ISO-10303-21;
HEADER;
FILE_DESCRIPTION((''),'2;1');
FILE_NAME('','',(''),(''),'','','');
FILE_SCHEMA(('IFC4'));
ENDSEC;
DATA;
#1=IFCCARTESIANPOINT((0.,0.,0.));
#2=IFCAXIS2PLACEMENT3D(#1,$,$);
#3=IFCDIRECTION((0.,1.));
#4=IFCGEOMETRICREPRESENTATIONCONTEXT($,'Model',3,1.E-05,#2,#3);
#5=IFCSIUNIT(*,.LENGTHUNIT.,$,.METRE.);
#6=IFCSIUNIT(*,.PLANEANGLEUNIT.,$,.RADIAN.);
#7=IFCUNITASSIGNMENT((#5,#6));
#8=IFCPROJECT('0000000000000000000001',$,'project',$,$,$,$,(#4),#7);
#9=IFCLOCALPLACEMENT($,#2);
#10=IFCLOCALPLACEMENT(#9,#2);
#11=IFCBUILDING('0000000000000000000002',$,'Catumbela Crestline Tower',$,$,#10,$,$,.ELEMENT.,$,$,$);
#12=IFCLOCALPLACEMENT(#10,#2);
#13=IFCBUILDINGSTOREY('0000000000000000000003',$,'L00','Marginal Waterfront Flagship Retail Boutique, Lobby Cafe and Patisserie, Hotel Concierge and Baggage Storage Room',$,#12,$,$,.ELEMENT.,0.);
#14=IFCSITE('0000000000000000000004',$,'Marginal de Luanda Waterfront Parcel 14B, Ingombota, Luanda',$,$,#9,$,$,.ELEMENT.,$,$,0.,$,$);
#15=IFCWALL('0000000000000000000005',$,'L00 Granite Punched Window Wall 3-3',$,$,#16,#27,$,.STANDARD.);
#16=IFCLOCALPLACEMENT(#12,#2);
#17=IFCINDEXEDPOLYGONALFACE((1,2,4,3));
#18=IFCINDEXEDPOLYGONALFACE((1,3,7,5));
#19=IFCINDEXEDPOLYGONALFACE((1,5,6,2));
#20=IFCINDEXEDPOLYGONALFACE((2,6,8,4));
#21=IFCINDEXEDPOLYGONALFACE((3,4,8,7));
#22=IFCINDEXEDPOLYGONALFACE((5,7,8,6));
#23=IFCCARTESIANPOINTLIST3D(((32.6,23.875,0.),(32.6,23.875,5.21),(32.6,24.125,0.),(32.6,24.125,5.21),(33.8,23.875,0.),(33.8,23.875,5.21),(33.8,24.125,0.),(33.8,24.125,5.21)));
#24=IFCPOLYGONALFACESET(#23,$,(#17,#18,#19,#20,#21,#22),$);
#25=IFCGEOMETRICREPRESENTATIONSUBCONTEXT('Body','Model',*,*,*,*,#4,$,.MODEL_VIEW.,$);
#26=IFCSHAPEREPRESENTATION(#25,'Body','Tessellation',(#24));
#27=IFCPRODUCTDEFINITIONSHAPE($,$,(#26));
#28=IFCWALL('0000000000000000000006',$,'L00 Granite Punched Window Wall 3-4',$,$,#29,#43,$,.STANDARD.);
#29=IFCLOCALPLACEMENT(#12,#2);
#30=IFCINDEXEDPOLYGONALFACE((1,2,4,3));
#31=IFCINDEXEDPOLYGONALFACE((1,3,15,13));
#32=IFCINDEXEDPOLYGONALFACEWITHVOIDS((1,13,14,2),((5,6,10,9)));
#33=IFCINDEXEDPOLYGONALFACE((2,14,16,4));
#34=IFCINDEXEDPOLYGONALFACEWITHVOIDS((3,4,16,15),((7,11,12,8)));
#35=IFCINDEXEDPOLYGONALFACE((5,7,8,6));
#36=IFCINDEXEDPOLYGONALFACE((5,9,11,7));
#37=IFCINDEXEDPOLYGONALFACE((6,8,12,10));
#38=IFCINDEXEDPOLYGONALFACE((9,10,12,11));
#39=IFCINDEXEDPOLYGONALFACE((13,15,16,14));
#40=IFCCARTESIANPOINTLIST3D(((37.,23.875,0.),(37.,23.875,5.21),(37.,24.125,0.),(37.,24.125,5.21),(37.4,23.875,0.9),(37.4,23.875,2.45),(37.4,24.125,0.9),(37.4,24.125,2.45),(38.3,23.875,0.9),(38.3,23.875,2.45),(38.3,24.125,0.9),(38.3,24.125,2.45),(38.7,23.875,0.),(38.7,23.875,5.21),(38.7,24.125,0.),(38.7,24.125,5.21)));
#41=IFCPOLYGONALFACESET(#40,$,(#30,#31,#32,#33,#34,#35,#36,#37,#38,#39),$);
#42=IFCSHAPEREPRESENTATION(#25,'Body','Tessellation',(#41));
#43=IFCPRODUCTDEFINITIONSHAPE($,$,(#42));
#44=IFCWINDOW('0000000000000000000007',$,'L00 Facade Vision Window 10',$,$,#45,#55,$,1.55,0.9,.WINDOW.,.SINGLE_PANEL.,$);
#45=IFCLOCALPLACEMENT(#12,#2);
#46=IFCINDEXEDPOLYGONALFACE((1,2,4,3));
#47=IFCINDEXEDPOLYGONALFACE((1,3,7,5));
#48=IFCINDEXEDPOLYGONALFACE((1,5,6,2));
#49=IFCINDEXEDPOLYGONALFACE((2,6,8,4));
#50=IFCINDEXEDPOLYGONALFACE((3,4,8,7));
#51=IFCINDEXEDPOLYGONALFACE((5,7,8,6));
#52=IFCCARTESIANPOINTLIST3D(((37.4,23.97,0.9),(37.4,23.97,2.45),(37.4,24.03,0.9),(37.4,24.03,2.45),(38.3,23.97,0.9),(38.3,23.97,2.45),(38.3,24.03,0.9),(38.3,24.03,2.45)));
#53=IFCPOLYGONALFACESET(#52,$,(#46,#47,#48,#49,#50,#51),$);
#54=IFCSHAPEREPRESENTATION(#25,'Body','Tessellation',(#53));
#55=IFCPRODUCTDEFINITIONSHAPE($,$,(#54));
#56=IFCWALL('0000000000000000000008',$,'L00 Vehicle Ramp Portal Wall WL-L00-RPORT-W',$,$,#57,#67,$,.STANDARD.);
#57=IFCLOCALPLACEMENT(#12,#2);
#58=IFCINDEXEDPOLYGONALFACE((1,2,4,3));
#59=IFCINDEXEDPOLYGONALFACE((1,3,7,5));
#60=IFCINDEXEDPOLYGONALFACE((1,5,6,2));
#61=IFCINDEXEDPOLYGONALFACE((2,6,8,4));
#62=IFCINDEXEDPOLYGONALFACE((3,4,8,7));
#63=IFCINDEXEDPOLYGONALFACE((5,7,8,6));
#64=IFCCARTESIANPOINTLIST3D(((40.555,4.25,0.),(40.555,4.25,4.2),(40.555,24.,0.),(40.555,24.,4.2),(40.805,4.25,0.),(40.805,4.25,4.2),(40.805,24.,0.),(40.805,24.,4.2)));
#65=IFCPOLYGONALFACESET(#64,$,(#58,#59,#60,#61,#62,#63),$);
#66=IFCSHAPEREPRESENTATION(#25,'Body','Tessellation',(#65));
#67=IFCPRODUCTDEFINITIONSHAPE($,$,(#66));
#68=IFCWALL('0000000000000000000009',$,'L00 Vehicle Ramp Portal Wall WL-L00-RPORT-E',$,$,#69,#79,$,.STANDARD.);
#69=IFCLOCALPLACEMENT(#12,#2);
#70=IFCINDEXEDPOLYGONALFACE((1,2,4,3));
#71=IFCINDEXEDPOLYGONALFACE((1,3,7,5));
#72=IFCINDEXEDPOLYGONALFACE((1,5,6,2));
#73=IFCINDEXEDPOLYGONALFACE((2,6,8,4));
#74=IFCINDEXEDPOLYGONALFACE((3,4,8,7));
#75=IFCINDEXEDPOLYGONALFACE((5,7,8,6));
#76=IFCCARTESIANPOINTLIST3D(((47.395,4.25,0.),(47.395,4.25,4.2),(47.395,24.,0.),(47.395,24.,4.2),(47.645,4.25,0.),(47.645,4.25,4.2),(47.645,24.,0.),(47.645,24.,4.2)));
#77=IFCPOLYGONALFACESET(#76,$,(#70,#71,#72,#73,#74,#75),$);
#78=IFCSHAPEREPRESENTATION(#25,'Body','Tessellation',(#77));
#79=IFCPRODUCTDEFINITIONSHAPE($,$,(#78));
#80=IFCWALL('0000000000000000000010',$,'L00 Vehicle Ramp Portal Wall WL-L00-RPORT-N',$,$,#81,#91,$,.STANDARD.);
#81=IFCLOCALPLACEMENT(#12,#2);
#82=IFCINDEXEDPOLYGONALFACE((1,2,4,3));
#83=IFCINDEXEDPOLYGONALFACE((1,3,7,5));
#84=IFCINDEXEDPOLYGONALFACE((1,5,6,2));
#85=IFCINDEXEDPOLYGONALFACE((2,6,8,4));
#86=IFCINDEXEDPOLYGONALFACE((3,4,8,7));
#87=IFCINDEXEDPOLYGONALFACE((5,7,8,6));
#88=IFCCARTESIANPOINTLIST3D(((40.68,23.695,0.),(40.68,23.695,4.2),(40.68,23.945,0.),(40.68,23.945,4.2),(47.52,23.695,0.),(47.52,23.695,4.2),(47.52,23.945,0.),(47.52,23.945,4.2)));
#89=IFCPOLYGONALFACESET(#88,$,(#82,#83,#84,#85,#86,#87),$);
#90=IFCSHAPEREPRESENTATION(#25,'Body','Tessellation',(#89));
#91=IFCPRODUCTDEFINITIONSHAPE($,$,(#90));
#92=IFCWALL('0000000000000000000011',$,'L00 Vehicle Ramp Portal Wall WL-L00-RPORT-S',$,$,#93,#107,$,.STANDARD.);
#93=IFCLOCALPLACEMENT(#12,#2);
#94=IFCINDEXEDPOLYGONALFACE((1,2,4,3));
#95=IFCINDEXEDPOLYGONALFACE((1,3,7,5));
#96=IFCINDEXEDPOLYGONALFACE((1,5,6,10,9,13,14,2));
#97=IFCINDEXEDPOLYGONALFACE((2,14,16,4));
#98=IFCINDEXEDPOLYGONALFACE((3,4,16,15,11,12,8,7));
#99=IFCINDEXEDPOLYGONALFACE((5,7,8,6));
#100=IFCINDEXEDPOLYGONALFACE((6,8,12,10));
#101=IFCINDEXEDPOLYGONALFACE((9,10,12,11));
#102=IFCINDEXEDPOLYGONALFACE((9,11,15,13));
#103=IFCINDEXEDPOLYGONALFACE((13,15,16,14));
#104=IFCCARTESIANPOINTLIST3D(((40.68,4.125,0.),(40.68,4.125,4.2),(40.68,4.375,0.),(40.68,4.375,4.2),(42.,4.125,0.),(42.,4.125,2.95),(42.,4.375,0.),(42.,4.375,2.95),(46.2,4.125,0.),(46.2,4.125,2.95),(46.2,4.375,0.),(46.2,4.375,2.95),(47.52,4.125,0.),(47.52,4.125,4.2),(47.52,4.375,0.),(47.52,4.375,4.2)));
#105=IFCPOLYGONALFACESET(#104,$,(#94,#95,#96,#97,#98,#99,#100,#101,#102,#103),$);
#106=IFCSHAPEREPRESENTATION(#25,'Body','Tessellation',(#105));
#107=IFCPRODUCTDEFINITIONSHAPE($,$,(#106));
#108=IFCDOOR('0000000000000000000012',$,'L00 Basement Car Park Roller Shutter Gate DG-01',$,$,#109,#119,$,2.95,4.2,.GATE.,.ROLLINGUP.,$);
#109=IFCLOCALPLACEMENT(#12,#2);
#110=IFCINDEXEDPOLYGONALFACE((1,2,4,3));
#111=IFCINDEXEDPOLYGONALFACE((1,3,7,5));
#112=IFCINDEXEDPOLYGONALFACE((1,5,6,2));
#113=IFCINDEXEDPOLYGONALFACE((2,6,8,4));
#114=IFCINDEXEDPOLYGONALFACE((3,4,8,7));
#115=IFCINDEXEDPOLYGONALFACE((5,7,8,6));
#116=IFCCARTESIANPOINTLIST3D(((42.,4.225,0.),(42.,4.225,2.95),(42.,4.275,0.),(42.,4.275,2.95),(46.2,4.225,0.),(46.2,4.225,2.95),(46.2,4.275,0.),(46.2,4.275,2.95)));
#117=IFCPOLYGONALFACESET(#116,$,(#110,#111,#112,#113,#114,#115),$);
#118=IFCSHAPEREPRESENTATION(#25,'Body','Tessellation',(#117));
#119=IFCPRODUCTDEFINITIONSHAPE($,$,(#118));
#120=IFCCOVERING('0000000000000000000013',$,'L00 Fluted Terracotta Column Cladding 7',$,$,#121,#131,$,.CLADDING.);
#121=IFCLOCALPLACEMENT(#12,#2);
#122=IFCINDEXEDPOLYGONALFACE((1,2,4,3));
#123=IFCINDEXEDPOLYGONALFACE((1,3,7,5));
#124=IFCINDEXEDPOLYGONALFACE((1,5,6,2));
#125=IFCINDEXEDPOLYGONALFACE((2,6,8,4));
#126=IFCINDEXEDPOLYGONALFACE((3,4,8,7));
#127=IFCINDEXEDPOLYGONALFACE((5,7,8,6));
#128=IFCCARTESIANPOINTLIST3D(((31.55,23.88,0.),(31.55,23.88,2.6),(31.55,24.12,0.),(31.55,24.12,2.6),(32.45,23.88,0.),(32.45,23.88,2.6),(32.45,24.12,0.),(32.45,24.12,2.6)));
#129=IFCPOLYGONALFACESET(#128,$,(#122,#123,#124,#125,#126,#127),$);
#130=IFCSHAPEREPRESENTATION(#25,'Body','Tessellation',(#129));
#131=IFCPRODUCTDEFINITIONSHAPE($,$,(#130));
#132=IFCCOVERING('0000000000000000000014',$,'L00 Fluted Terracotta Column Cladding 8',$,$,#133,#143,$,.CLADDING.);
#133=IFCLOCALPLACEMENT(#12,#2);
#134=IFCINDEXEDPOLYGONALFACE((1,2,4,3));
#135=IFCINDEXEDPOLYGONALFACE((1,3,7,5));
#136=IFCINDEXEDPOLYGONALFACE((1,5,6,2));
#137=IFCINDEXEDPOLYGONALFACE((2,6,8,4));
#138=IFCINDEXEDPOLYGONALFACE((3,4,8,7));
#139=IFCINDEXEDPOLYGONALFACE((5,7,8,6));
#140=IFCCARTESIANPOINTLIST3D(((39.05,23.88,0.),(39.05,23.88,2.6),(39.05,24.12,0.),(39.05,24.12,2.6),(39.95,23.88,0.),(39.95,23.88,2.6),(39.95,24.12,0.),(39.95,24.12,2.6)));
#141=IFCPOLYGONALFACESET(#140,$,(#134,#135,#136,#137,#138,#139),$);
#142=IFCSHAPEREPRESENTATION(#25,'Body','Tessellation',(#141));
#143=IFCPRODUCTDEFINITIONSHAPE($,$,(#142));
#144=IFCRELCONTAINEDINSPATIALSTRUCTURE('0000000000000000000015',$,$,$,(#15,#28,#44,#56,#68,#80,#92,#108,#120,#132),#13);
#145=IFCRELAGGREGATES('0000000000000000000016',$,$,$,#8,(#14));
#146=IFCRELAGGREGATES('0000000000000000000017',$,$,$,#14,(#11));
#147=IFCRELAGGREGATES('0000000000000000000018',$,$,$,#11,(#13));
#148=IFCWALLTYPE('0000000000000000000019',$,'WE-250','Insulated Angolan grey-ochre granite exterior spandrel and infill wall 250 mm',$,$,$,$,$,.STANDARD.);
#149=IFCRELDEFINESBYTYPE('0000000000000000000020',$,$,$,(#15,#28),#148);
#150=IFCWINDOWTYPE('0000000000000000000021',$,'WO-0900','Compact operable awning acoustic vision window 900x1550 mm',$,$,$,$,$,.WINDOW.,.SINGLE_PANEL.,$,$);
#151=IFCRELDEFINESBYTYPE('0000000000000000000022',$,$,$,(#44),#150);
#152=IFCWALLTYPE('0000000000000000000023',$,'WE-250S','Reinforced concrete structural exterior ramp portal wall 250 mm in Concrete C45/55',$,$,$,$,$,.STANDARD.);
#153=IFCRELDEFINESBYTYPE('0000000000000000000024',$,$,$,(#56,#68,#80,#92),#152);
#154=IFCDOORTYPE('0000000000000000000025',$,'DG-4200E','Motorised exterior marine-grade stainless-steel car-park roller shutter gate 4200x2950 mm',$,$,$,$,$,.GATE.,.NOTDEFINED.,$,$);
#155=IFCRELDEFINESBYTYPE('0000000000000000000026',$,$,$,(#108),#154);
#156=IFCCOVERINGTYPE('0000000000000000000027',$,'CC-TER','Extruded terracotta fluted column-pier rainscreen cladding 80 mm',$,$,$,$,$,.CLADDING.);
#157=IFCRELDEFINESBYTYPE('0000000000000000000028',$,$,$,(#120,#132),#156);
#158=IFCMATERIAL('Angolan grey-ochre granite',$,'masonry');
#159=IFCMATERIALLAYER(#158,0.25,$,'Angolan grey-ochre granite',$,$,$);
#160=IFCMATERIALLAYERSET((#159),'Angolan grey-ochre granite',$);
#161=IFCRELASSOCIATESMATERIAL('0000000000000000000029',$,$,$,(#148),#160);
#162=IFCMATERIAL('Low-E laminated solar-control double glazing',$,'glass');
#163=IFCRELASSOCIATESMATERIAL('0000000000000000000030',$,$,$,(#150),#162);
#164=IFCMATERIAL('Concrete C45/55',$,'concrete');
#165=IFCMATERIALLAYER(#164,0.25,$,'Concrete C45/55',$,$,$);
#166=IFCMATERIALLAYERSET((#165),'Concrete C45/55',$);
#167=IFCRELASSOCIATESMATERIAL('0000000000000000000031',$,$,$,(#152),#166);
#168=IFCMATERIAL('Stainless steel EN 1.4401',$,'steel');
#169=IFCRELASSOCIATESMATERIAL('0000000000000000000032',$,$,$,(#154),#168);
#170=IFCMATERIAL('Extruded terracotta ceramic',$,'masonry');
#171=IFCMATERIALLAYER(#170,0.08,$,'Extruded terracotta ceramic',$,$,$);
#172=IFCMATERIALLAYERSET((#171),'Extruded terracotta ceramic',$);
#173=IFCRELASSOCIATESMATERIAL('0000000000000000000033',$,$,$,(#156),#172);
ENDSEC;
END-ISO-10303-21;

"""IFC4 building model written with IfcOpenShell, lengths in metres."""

from ifc_helpers import new_model, si_unit, direction, frame, frame_2d, origin, origin_2d, place, context, subcontext, project, spatial, rectangle, extrude, material, layer, layer_set, type_object, element, fill, save


model = new_model("IFC4")

# Units and contexts
model_context = context("Model", 3, precision=1e-05, world=origin(), true_north=direction((0.0, 1.0)))
body_context = subcontext(model_context, "Body", "Model", "MODEL_VIEW")
ifc_project = project(units=[si_unit("LENGTHUNIT", "METRE"), si_unit("PLANEANGLEUNIT", "RADIAN")], contexts=[model_context])

# Site, building, storey
site_placement = place(None, origin())
site = spatial("IfcSite", under=ifc_project, at=site_placement, Name="Marginal de Luanda Waterfront Parcel 14B, Ingombota, Luanda", CompositionType="ELEMENT", RefElevation=0.0)
building_placement = place(site_placement, origin())
building = spatial("IfcBuilding", under=site, at=building_placement, Name="Catumbela Crestline Tower", CompositionType="ELEMENT")
storey_placement = place(building_placement, origin())
storey = spatial("IfcBuildingStorey", under=building, at=storey_placement, Name="L00", Description="Marginal Waterfront Flagship Retail Boutique, Lobby Cafe and Patisserie, Hotel Concierge and Baggage Storage Room", CompositionType="ELEMENT", Elevation=0.0)

# Shared definitions
ifc_material_1 = material(Name="Concrete C45/55", Category="concrete")

# Shared definitions
ifc_material_2 = material(Name="Low-E laminated solar-control double glazing", Category="glass")

# Shared definitions
ifc_material_3 = material(Name="Angolan grey-ochre granite", Category="masonry")
ifc_layer_1 = layer(ifc_material_3, 0.25, Name="Angolan grey-ochre granite")
ifc_layer_set_1 = layer_set([ifc_layer_1], Name="Angolan grey-ochre granite")
wall_type_1 = type_object("IfcWallType", Name="WE-250", Description="Insulated Angolan grey-ochre granite exterior spandrel and infill wall 250 mm", PredefinedType="STANDARD", material=ifc_layer_set_1)

# Wall
wall_1_placement = place(storey_placement, frame((32.6, 24.0, 0.0), z_axis=(0.0, 0.0, 1.0), x_axis=(1.0, 0.0, 0.0)))
element("IfcWall", 1, at=wall_1_placement, inside=storey, type_object=wall_type_1, Name="L00 Granite Punched Window Wall 3-3", PredefinedType="STANDARD", context=body_context, shape_type="SweptSolid", body=[
    extrude(rectangle(XDim=1.2, YDim=0.25, at=frame_2d((0.6, 0.0))), origin(), (0.0, 0.0, 1.0), 5.21),
])

# Wall, opening, window
wall_2_placement = place(storey_placement, frame((37.0, 24.0, 0.0), z_axis=(0.0, 0.0, 1.0), x_axis=(1.0, 0.0, 0.0)))
wall_2 = element("IfcWall", 2, at=wall_2_placement, inside=storey, type_object=wall_type_1, Name="L00 Granite Punched Window Wall 3-4", PredefinedType="STANDARD", context=body_context, shape_type="SweptSolid", body=[
    extrude(rectangle(XDim=1.7, YDim=0.25, at=frame_2d((0.85, 0.0))), origin(), (0.0, 0.0, 1.0), 5.21),
])
opening_1_placement = place(wall_2_placement, frame((0.4, 0.0, 0.9)))
opening_1 = element("IfcOpeningElement", 3, at=opening_1_placement, cuts=wall_2, PredefinedType="OPENING", context=body_context, shape_type="SweptSolid", body=[
    extrude(rectangle(XDim=0.9, YDim=1.55, at=frame_2d((0.45, 0.775))), frame((0.0, 0.135, 0.0), z_axis=(0.0, -1.0, 0.0), x_axis=(1.0, 0.0, 0.0)), (0.0, 0.0, 1.0), 0.27),
])
window_type_1 = type_object("IfcWindowType", Name="WO-0900", Description="Compact operable awning acoustic vision window 900x1550 mm", PartitioningType="SINGLE_PANEL", PredefinedType="WINDOW", material=ifc_material_2)
window_1_placement = place(opening_1_placement, origin())
window_1 = element("IfcWindow", 4, at=window_1_placement, inside=storey, type_object=window_type_1, Name="L00 Facade Vision Window 10", OverallHeight=1.55, OverallWidth=0.9, PartitioningType="SINGLE_PANEL", PredefinedType="WINDOW", context=body_context, shape_type="SweptSolid", body=[
    extrude(rectangle(XDim=0.9, YDim=1.55, at=frame_2d((0.45, 0.775))), frame((0.0, 0.03, 0.0), z_axis=(0.0, -1.0, 0.0), x_axis=(1.0, 0.0, 0.0)), (0.0, 0.0, 1.0), 0.06),
])
fill(opening_1, window_1)

# Walls
ifc_layer_2 = layer(ifc_material_1, 0.25, Name="Concrete C45/55")
ifc_layer_set_2 = layer_set([ifc_layer_2], Name="Concrete C45/55")
wall_type_2 = type_object("IfcWallType", Name="WE-250S", Description="Reinforced concrete structural exterior ramp portal wall 250 mm in Concrete C45/55", PredefinedType="STANDARD", material=ifc_layer_set_2)
for number, where, z_axis, x_axis, name in (
    (5, (40.68, 4.25, 0.0), (0.0, 0.0, 1.0), (0.0, 1.0, 0.0), "L00 Vehicle Ramp Portal Wall WL-L00-RPORT-W"),
    (6, (47.52, 4.25, 0.0), (0.0, 0.0, 1.0), (0.0, 1.0, 0.0), "L00 Vehicle Ramp Portal Wall WL-L00-RPORT-E"),
):
    element("IfcWall", number, at=place(storey_placement, frame(where, z_axis=z_axis, x_axis=x_axis)), inside=storey, type_object=wall_type_2, Name=name, PredefinedType="STANDARD", context=body_context, shape_type="SweptSolid", body=[
        extrude(rectangle(XDim=19.75, YDim=0.25, at=frame_2d((9.875, 0.0))), origin(), (0.0, 0.0, 1.0), 4.2),
    ])
wall_3_placement = place(storey_placement, frame((40.68, 23.82, 0.0), z_axis=(0.0, 0.0, 1.0), x_axis=(1.0, 0.0, 0.0)))
element("IfcWall", 7, at=wall_3_placement, inside=storey, type_object=wall_type_2, Name="L00 Vehicle Ramp Portal Wall WL-L00-RPORT-N", PredefinedType="STANDARD", context=body_context, shape_type="SweptSolid", body=[
    extrude(rectangle(XDim=6.84, YDim=0.25, at=frame_2d((3.42, 0.0))), origin(), (0.0, 0.0, 1.0), 4.2),
])

# Wall, opening, door
wall_4_placement = place(storey_placement, frame((40.68, 4.25, 0.0), z_axis=(0.0, 0.0, 1.0), x_axis=(1.0, 0.0, 0.0)))
wall_4 = element("IfcWall", 8, at=wall_4_placement, inside=storey, type_object=wall_type_2, Name="L00 Vehicle Ramp Portal Wall WL-L00-RPORT-S", PredefinedType="STANDARD", context=body_context, shape_type="SweptSolid", body=[
    extrude(rectangle(XDim=6.84, YDim=0.25, at=frame_2d((3.42, 0.0))), origin(), (0.0, 0.0, 1.0), 4.2),
])
opening_2_placement = place(wall_4_placement, frame((1.32, 0.0, 0.0)))
opening_2 = element("IfcOpeningElement", 9, at=opening_2_placement, cuts=wall_4, PredefinedType="OPENING", context=body_context, shape_type="SweptSolid", body=[
    extrude(rectangle(XDim=4.2, YDim=2.95, at=frame_2d((2.1, 1.475))), frame((0.0, 0.135, 0.0), z_axis=(0.0, -1.0, 0.0), x_axis=(1.0, 0.0, 0.0)), (0.0, 0.0, 1.0), 0.27),
])
ifc_material_4 = material(Name="Stainless steel EN 1.4401", Category="steel")
door_type_1 = type_object("IfcDoorType", Name="DG-4200E", Description="Motorised exterior marine-grade stainless-steel car-park roller shutter gate 4200x2950 mm", OperationType="NOTDEFINED", PredefinedType="GATE", material=ifc_material_4)
door_1_placement = place(opening_2_placement, origin())
door_1 = element("IfcDoor", 10, at=door_1_placement, inside=storey, type_object=door_type_1, Name="L00 Basement Car Park Roller Shutter Gate DG-01", OperationType="ROLLINGUP", OverallHeight=2.95, OverallWidth=4.2, PredefinedType="GATE", context=body_context, shape_type="SweptSolid", body=[
    extrude(rectangle(XDim=4.2, YDim=2.95, at=frame_2d((2.1, 1.475))), frame((0.0, 0.025, 0.0), z_axis=(0.0, -1.0, 0.0), x_axis=(1.0, 0.0, 0.0)), (0.0, 0.0, 1.0), 0.05),
])
fill(opening_2, door_1)

# Coverings
ifc_material_5 = material(Name="Extruded terracotta ceramic", Category="masonry")
ifc_layer_3 = layer(ifc_material_5, 0.08, Name="Extruded terracotta ceramic")
ifc_layer_set_3 = layer_set([ifc_layer_3], Name="Extruded terracotta ceramic")
covering_type = type_object("IfcCoveringType", Name="CC-TER", Description="Extruded terracotta fluted column-pier rainscreen cladding 80 mm", PredefinedType="CLADDING", material=ifc_layer_set_3)
for number, where, z_axis, x_axis, name in (
    (11, (32.0, 24.0, 0.0), (0.0, 0.0, 1.0), (1.0, 0.0, 0.0), "L00 Fluted Terracotta Column Cladding 7"),
    (12, (39.5, 24.0, 0.0), (0.0, 0.0, 1.0), (1.0, 0.0, 0.0), "L00 Fluted Terracotta Column Cladding 8"),
):
    element("IfcCovering", number, at=place(storey_placement, frame(where, z_axis=z_axis, x_axis=x_axis)), inside=storey, type_object=covering_type, Name=name, PredefinedType="CLADDING", context=body_context, shape_type="SweptSolid", body=[
        extrude(rectangle(XDim=0.9, YDim=0.24, at=origin_2d()), origin(), (0.0, 0.0, 1.0), 2.6),
    ])

save(model, "model.ifc")
